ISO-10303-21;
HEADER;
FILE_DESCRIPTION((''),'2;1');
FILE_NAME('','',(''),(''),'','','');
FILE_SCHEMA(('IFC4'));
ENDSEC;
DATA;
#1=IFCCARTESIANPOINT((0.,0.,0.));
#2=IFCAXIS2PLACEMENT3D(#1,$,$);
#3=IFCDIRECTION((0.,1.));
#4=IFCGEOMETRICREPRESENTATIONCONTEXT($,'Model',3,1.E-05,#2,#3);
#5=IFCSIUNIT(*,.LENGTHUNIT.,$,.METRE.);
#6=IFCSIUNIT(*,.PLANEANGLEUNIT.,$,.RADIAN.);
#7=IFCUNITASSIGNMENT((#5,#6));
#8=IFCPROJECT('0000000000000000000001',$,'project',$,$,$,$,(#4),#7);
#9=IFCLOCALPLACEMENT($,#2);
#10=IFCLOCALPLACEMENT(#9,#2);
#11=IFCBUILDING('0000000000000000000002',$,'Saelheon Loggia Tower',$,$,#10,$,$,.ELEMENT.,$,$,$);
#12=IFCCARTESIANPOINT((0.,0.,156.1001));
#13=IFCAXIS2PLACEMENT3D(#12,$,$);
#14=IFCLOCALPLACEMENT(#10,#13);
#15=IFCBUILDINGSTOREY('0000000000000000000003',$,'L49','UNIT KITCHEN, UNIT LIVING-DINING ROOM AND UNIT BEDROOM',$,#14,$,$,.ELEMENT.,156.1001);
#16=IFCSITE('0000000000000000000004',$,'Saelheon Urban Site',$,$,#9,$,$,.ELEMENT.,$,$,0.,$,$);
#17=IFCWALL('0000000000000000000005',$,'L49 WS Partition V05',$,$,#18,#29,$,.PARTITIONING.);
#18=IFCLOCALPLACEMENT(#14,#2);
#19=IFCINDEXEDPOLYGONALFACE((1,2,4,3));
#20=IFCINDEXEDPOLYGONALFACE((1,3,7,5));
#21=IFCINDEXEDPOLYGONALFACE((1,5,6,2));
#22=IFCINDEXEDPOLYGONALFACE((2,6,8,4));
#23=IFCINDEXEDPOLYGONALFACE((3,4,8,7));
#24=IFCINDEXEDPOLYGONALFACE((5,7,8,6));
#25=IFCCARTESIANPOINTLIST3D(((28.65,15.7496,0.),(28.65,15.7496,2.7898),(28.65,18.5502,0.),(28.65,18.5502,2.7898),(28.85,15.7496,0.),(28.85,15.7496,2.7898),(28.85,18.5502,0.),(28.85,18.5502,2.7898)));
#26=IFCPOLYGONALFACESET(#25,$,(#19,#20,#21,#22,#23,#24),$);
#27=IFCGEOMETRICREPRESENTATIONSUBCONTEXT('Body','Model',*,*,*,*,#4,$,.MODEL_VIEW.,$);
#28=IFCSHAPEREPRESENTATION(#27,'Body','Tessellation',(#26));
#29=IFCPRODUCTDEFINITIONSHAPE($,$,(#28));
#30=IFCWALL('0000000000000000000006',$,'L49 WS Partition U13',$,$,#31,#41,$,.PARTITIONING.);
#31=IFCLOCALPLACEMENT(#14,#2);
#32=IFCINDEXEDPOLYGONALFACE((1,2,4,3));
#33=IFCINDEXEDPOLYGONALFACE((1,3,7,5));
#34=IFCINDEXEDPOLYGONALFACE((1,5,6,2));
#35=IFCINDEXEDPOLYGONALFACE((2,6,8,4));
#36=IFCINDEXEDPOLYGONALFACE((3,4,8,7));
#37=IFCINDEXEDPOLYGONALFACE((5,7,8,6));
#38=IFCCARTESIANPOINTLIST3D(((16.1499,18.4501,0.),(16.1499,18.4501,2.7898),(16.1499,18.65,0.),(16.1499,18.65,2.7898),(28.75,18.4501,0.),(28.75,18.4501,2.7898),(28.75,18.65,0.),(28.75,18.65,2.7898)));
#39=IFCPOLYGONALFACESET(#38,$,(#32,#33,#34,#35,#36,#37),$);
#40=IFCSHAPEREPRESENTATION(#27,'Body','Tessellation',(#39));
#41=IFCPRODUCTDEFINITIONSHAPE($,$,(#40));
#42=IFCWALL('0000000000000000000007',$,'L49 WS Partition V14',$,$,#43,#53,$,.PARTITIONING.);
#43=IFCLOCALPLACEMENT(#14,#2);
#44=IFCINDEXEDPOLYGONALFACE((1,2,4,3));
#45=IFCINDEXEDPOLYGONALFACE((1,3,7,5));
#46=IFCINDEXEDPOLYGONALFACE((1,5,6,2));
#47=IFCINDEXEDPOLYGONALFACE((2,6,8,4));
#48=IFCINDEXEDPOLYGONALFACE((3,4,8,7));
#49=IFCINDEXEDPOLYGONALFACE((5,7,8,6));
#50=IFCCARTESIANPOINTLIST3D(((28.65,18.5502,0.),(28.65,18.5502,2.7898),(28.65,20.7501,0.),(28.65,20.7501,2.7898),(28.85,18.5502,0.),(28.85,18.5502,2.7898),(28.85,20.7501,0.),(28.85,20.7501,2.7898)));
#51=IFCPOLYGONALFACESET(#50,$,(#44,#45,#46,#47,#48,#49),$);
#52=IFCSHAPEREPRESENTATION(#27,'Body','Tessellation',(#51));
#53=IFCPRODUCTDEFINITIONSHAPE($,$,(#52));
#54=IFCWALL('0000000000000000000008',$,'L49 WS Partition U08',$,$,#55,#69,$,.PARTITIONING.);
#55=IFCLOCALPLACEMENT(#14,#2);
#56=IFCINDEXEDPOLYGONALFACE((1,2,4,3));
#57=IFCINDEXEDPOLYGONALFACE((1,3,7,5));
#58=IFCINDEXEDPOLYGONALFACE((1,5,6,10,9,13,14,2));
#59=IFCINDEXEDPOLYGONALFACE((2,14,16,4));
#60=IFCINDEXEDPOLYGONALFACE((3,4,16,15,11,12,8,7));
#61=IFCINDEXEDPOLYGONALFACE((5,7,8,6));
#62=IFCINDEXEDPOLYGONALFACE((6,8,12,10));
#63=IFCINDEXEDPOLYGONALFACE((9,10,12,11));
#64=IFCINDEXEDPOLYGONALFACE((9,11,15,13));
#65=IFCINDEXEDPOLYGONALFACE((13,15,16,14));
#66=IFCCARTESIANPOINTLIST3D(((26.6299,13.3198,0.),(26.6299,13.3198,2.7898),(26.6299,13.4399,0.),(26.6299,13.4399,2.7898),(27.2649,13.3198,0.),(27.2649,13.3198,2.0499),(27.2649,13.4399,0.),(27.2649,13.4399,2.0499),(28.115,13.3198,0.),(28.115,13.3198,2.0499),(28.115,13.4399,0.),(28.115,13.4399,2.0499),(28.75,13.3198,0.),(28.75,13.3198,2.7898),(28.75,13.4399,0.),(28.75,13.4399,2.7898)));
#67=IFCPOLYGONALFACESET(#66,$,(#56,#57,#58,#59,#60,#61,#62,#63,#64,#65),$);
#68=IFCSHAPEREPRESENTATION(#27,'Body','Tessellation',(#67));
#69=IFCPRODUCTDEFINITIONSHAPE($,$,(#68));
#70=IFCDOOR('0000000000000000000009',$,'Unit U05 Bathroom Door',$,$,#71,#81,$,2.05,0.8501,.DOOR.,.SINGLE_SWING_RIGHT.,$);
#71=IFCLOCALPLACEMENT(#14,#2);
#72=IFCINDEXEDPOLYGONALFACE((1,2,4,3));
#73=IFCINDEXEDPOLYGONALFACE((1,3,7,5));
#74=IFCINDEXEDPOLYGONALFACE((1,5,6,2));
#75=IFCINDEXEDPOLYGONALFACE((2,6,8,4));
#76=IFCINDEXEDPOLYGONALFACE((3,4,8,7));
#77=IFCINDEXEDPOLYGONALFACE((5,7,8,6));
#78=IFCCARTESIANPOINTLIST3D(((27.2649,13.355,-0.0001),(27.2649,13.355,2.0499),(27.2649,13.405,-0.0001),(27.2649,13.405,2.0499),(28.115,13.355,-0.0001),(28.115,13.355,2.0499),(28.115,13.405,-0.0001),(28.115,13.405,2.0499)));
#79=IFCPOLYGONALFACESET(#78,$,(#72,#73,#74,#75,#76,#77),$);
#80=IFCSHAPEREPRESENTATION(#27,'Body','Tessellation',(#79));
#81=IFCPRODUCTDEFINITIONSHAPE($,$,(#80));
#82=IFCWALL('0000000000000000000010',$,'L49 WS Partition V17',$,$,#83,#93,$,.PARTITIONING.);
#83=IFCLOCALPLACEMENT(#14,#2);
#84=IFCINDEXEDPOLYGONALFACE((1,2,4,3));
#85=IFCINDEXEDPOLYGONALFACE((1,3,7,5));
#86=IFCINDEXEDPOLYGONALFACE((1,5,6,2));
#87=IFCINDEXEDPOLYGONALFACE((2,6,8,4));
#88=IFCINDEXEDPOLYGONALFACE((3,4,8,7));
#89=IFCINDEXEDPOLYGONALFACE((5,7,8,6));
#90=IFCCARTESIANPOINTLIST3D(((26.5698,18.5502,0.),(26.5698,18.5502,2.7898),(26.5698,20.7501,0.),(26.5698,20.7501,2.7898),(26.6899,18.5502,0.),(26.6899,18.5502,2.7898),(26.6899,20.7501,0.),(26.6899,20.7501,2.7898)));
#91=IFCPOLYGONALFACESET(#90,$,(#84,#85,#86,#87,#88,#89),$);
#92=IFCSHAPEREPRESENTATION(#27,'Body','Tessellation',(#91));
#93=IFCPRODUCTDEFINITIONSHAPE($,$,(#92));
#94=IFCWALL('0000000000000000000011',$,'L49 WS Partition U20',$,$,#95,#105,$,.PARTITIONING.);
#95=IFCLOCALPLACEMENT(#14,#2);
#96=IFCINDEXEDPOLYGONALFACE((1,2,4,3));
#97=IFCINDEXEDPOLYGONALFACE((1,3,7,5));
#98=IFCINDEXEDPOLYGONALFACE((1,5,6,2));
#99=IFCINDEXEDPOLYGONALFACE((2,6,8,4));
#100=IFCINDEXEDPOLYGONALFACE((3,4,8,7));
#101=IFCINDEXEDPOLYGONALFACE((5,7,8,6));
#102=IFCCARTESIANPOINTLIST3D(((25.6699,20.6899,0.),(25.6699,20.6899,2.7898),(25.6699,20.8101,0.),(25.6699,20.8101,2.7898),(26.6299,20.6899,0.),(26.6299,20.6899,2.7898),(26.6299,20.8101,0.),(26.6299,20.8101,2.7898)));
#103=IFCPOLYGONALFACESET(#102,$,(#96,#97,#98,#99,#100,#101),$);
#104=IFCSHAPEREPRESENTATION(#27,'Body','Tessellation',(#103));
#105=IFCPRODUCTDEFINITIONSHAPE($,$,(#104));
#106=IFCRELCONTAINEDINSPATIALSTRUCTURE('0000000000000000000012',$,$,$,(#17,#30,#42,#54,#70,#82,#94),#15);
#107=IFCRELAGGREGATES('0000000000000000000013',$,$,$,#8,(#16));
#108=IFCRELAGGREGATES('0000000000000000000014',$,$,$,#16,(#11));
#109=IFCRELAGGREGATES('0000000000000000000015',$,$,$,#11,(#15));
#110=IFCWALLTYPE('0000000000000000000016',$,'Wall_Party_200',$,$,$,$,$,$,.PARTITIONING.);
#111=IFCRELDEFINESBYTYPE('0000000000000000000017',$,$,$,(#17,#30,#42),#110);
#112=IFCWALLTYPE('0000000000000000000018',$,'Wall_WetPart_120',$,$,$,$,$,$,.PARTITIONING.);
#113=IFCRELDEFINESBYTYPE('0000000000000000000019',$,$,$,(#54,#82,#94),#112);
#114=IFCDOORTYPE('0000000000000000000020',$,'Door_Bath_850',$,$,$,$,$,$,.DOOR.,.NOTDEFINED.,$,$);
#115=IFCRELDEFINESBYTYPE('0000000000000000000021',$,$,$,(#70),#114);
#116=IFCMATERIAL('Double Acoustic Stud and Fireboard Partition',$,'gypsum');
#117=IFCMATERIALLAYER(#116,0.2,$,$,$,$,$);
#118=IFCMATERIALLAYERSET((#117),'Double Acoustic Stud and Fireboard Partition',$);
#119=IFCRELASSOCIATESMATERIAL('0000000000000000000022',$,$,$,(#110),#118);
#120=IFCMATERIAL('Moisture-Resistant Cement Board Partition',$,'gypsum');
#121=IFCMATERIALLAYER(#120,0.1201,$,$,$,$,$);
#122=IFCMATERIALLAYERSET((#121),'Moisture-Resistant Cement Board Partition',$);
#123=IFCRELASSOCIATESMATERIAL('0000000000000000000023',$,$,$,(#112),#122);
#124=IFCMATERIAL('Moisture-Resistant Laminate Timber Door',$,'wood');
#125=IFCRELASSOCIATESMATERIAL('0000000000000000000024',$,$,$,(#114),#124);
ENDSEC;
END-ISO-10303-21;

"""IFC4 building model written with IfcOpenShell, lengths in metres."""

from ifc_helpers import new_model, si_unit, direction, frame, frame_2d, origin, place, context, subcontext, project, spatial, rectangle, extrude, source, transform, mapped, material, layer, layer_set, type_object, element, fill, save


model = new_model("IFC4")

# Units and contexts
model_context = context("Model", 3, precision=1e-05, world=origin(), true_north=direction((0.0, 1.0)))
body_context = subcontext(model_context, "Body", "Model", "MODEL_VIEW")
ifc_project = project(units=[si_unit("LENGTHUNIT", "METRE"), si_unit("PLANEANGLEUNIT", "RADIAN")], contexts=[model_context])

# Site, building, storey
site_placement = place(None, origin())
site = spatial("IfcSite", under=ifc_project, at=site_placement, Name="Saelheon Urban Site", CompositionType="ELEMENT", RefElevation=0.0)
building_placement = place(site_placement, origin())
building = spatial("IfcBuilding", under=site, at=building_placement, Name="Saelheon Loggia Tower", CompositionType="ELEMENT")
storey_placement = place(building_placement, frame((0.0, 0.0, 156.1001)))
storey = spatial("IfcBuildingStorey", under=building, at=storey_placement, Name="L49", Description="UNIT KITCHEN, UNIT LIVING-DINING ROOM AND UNIT BEDROOM", CompositionType="ELEMENT", Elevation=156.1001)

# Shared definitions
ifc_material_1 = material(Name="Double Acoustic Stud and Fireboard Partition", Category="gypsum")
ifc_layer_1 = layer(ifc_material_1, 0.2)
ifc_layer_set_1 = layer_set([ifc_layer_1], Name="Double Acoustic Stud and Fireboard Partition")
wall_type_1 = type_object("IfcWallType", Name="Wall_Party_200", PredefinedType="PARTITIONING", material=ifc_layer_set_1)

# Walls
wall_1_placement = place(storey_placement, frame((28.75, 15.7495, 0.0), z_axis=(0.0, 0.0, 1.0), x_axis=(0.0, 1.0, 0.0)))
element("IfcWall", 1, at=wall_1_placement, inside=storey, type_object=wall_type_1, Name="L49 WS Partition V05", PredefinedType="PARTITIONING", context=body_context, shape_type="SweptSolid", body=[
    extrude(rectangle(XDim=2.8005, YDim=0.2, at=frame_2d((1.4004, 0.0))), origin(), (0.0, 0.0, 1.0), 2.7898),
])
wall_2_placement = place(storey_placement, frame((28.75, 18.55, 0.0), z_axis=(0.0, 0.0, 1.0), x_axis=(-1.0, 0.0, 0.0)))
element("IfcWall", 2, at=wall_2_placement, inside=storey, type_object=wall_type_1, Name="L49 WS Partition U13", PredefinedType="PARTITIONING", context=body_context, shape_type="SweptSolid", body=[
    extrude(rectangle(XDim=12.6001, YDim=0.2, at=frame_2d((6.3, 0.0))), origin(), (0.0, 0.0, 1.0), 2.7898),
])
wall_3_placement = place(storey_placement, frame((28.75, 18.55, 0.0), z_axis=(0.0, 0.0, 1.0), x_axis=(0.0, 1.0, 0.0)))
element("IfcWall", 3, at=wall_3_placement, inside=storey, type_object=wall_type_1, Name="L49 WS Partition V14", PredefinedType="PARTITIONING", context=body_context, shape_type="SweptSolid", body=[
    extrude(rectangle(XDim=2.2, YDim=0.2, at=frame_2d((1.1001, 0.0))), origin(), (0.0, 0.0, 1.0), 2.7898),
])

# Wall, opening, door
ifc_material_2 = material(Name="Moisture-Resistant Cement Board Partition", Category="gypsum")
ifc_layer_2 = layer(ifc_material_2, 0.1201)
ifc_layer_set_2 = layer_set([ifc_layer_2], Name="Moisture-Resistant Cement Board Partition")
wall_type_2 = type_object("IfcWallType", Name="Wall_WetPart_120", PredefinedType="PARTITIONING", material=ifc_layer_set_2)
wall_4_placement = place(storey_placement, frame((28.75, 13.3799, 0.0), z_axis=(0.0, 0.0, 1.0), x_axis=(-1.0, 0.0, 0.0)))
wall_4 = element("IfcWall", 4, at=wall_4_placement, inside=storey, type_object=wall_type_2, Name="L49 WS Partition U08", PredefinedType="PARTITIONING", context=body_context, shape_type="SweptSolid", body=[
    extrude(rectangle(XDim=2.1201, YDim=0.1201, at=frame_2d((1.0601, 0.0))), origin(), (0.0, 0.0, 1.0), 2.7898),
])
opening_1_placement = place(wall_4_placement, frame((0.635, 0.0, 0.0)))
opening_1 = element("IfcOpeningElement", 5, at=opening_1_placement, cuts=wall_4, PredefinedType="OPENING", context=body_context, shape_type="SweptSolid", body=[
    extrude(rectangle(XDim=0.8501, YDim=2.05, at=frame_2d((0.425, 1.0249))), frame((0.0, 0.072, 0.0), z_axis=(0.0, -1.0, 0.0), x_axis=(1.0, 0.0, 0.0)), (0.0, 0.0, 1.0), 0.144),
])
ifc_material_3 = material(Name="Moisture-Resistant Laminate Timber Door", Category="wood")
door_type_1 = type_object("IfcDoorType", Name="Door_Bath_850", OperationType="NOTDEFINED", PredefinedType="DOOR", material=ifc_material_3)
shared_shape_1 = source(origin(), body_context, "Body", "SweptSolid", [
    extrude(rectangle(XDim=0.8501, YDim=2.05, at=frame_2d((0.425, 1.0249))), frame((0.0, 0.0249, 0.0), z_axis=(0.0, -1.0, 0.0), x_axis=(1.0, 0.0, 0.0)), (0.0, 0.0, 1.0), 0.05),
])
door_1_placement = place(opening_1_placement, origin())
door_1 = element("IfcDoor", 6, at=door_1_placement, inside=storey, type_object=door_type_1, Name="Unit U05 Bathroom Door", OperationType="SINGLE_SWING_RIGHT", OverallHeight=2.05, OverallWidth=0.8501, PredefinedType="DOOR", context=body_context, shape_type="MappedRepresentation", body=[
    mapped(shared_shape_1, transform((0.0, 0.0, 0.0), scale=1.0)),
])
fill(opening_1, door_1)

# Walls
wall_5_placement = place(storey_placement, frame((26.6299, 18.55, 0.0), z_axis=(0.0, 0.0, 1.0), x_axis=(0.0, 1.0, 0.0)))
element("IfcWall", 7, at=wall_5_placement, inside=storey, type_object=wall_type_2, Name="L49 WS Partition V17", PredefinedType="PARTITIONING", context=body_context, shape_type="SweptSolid", body=[
    extrude(rectangle(XDim=2.2, YDim=0.1201, at=frame_2d((1.1001, 0.0))), origin(), (0.0, 0.0, 1.0), 2.7898),
])
wall_6_placement = place(storey_placement, frame((26.6299, 20.75, 0.0), z_axis=(0.0, 0.0, 1.0), x_axis=(-1.0, 0.0, 0.0)))
element("IfcWall", 8, at=wall_6_placement, inside=storey, type_object=wall_type_2, Name="L49 WS Partition U20", PredefinedType="PARTITIONING", context=body_context, shape_type="SweptSolid", body=[
    extrude(rectangle(XDim=0.96, YDim=0.1201, at=frame_2d((0.48, 0.0))), origin(), (0.0, 0.0, 1.0), 2.7898),
])

save(model, "model.ifc")
